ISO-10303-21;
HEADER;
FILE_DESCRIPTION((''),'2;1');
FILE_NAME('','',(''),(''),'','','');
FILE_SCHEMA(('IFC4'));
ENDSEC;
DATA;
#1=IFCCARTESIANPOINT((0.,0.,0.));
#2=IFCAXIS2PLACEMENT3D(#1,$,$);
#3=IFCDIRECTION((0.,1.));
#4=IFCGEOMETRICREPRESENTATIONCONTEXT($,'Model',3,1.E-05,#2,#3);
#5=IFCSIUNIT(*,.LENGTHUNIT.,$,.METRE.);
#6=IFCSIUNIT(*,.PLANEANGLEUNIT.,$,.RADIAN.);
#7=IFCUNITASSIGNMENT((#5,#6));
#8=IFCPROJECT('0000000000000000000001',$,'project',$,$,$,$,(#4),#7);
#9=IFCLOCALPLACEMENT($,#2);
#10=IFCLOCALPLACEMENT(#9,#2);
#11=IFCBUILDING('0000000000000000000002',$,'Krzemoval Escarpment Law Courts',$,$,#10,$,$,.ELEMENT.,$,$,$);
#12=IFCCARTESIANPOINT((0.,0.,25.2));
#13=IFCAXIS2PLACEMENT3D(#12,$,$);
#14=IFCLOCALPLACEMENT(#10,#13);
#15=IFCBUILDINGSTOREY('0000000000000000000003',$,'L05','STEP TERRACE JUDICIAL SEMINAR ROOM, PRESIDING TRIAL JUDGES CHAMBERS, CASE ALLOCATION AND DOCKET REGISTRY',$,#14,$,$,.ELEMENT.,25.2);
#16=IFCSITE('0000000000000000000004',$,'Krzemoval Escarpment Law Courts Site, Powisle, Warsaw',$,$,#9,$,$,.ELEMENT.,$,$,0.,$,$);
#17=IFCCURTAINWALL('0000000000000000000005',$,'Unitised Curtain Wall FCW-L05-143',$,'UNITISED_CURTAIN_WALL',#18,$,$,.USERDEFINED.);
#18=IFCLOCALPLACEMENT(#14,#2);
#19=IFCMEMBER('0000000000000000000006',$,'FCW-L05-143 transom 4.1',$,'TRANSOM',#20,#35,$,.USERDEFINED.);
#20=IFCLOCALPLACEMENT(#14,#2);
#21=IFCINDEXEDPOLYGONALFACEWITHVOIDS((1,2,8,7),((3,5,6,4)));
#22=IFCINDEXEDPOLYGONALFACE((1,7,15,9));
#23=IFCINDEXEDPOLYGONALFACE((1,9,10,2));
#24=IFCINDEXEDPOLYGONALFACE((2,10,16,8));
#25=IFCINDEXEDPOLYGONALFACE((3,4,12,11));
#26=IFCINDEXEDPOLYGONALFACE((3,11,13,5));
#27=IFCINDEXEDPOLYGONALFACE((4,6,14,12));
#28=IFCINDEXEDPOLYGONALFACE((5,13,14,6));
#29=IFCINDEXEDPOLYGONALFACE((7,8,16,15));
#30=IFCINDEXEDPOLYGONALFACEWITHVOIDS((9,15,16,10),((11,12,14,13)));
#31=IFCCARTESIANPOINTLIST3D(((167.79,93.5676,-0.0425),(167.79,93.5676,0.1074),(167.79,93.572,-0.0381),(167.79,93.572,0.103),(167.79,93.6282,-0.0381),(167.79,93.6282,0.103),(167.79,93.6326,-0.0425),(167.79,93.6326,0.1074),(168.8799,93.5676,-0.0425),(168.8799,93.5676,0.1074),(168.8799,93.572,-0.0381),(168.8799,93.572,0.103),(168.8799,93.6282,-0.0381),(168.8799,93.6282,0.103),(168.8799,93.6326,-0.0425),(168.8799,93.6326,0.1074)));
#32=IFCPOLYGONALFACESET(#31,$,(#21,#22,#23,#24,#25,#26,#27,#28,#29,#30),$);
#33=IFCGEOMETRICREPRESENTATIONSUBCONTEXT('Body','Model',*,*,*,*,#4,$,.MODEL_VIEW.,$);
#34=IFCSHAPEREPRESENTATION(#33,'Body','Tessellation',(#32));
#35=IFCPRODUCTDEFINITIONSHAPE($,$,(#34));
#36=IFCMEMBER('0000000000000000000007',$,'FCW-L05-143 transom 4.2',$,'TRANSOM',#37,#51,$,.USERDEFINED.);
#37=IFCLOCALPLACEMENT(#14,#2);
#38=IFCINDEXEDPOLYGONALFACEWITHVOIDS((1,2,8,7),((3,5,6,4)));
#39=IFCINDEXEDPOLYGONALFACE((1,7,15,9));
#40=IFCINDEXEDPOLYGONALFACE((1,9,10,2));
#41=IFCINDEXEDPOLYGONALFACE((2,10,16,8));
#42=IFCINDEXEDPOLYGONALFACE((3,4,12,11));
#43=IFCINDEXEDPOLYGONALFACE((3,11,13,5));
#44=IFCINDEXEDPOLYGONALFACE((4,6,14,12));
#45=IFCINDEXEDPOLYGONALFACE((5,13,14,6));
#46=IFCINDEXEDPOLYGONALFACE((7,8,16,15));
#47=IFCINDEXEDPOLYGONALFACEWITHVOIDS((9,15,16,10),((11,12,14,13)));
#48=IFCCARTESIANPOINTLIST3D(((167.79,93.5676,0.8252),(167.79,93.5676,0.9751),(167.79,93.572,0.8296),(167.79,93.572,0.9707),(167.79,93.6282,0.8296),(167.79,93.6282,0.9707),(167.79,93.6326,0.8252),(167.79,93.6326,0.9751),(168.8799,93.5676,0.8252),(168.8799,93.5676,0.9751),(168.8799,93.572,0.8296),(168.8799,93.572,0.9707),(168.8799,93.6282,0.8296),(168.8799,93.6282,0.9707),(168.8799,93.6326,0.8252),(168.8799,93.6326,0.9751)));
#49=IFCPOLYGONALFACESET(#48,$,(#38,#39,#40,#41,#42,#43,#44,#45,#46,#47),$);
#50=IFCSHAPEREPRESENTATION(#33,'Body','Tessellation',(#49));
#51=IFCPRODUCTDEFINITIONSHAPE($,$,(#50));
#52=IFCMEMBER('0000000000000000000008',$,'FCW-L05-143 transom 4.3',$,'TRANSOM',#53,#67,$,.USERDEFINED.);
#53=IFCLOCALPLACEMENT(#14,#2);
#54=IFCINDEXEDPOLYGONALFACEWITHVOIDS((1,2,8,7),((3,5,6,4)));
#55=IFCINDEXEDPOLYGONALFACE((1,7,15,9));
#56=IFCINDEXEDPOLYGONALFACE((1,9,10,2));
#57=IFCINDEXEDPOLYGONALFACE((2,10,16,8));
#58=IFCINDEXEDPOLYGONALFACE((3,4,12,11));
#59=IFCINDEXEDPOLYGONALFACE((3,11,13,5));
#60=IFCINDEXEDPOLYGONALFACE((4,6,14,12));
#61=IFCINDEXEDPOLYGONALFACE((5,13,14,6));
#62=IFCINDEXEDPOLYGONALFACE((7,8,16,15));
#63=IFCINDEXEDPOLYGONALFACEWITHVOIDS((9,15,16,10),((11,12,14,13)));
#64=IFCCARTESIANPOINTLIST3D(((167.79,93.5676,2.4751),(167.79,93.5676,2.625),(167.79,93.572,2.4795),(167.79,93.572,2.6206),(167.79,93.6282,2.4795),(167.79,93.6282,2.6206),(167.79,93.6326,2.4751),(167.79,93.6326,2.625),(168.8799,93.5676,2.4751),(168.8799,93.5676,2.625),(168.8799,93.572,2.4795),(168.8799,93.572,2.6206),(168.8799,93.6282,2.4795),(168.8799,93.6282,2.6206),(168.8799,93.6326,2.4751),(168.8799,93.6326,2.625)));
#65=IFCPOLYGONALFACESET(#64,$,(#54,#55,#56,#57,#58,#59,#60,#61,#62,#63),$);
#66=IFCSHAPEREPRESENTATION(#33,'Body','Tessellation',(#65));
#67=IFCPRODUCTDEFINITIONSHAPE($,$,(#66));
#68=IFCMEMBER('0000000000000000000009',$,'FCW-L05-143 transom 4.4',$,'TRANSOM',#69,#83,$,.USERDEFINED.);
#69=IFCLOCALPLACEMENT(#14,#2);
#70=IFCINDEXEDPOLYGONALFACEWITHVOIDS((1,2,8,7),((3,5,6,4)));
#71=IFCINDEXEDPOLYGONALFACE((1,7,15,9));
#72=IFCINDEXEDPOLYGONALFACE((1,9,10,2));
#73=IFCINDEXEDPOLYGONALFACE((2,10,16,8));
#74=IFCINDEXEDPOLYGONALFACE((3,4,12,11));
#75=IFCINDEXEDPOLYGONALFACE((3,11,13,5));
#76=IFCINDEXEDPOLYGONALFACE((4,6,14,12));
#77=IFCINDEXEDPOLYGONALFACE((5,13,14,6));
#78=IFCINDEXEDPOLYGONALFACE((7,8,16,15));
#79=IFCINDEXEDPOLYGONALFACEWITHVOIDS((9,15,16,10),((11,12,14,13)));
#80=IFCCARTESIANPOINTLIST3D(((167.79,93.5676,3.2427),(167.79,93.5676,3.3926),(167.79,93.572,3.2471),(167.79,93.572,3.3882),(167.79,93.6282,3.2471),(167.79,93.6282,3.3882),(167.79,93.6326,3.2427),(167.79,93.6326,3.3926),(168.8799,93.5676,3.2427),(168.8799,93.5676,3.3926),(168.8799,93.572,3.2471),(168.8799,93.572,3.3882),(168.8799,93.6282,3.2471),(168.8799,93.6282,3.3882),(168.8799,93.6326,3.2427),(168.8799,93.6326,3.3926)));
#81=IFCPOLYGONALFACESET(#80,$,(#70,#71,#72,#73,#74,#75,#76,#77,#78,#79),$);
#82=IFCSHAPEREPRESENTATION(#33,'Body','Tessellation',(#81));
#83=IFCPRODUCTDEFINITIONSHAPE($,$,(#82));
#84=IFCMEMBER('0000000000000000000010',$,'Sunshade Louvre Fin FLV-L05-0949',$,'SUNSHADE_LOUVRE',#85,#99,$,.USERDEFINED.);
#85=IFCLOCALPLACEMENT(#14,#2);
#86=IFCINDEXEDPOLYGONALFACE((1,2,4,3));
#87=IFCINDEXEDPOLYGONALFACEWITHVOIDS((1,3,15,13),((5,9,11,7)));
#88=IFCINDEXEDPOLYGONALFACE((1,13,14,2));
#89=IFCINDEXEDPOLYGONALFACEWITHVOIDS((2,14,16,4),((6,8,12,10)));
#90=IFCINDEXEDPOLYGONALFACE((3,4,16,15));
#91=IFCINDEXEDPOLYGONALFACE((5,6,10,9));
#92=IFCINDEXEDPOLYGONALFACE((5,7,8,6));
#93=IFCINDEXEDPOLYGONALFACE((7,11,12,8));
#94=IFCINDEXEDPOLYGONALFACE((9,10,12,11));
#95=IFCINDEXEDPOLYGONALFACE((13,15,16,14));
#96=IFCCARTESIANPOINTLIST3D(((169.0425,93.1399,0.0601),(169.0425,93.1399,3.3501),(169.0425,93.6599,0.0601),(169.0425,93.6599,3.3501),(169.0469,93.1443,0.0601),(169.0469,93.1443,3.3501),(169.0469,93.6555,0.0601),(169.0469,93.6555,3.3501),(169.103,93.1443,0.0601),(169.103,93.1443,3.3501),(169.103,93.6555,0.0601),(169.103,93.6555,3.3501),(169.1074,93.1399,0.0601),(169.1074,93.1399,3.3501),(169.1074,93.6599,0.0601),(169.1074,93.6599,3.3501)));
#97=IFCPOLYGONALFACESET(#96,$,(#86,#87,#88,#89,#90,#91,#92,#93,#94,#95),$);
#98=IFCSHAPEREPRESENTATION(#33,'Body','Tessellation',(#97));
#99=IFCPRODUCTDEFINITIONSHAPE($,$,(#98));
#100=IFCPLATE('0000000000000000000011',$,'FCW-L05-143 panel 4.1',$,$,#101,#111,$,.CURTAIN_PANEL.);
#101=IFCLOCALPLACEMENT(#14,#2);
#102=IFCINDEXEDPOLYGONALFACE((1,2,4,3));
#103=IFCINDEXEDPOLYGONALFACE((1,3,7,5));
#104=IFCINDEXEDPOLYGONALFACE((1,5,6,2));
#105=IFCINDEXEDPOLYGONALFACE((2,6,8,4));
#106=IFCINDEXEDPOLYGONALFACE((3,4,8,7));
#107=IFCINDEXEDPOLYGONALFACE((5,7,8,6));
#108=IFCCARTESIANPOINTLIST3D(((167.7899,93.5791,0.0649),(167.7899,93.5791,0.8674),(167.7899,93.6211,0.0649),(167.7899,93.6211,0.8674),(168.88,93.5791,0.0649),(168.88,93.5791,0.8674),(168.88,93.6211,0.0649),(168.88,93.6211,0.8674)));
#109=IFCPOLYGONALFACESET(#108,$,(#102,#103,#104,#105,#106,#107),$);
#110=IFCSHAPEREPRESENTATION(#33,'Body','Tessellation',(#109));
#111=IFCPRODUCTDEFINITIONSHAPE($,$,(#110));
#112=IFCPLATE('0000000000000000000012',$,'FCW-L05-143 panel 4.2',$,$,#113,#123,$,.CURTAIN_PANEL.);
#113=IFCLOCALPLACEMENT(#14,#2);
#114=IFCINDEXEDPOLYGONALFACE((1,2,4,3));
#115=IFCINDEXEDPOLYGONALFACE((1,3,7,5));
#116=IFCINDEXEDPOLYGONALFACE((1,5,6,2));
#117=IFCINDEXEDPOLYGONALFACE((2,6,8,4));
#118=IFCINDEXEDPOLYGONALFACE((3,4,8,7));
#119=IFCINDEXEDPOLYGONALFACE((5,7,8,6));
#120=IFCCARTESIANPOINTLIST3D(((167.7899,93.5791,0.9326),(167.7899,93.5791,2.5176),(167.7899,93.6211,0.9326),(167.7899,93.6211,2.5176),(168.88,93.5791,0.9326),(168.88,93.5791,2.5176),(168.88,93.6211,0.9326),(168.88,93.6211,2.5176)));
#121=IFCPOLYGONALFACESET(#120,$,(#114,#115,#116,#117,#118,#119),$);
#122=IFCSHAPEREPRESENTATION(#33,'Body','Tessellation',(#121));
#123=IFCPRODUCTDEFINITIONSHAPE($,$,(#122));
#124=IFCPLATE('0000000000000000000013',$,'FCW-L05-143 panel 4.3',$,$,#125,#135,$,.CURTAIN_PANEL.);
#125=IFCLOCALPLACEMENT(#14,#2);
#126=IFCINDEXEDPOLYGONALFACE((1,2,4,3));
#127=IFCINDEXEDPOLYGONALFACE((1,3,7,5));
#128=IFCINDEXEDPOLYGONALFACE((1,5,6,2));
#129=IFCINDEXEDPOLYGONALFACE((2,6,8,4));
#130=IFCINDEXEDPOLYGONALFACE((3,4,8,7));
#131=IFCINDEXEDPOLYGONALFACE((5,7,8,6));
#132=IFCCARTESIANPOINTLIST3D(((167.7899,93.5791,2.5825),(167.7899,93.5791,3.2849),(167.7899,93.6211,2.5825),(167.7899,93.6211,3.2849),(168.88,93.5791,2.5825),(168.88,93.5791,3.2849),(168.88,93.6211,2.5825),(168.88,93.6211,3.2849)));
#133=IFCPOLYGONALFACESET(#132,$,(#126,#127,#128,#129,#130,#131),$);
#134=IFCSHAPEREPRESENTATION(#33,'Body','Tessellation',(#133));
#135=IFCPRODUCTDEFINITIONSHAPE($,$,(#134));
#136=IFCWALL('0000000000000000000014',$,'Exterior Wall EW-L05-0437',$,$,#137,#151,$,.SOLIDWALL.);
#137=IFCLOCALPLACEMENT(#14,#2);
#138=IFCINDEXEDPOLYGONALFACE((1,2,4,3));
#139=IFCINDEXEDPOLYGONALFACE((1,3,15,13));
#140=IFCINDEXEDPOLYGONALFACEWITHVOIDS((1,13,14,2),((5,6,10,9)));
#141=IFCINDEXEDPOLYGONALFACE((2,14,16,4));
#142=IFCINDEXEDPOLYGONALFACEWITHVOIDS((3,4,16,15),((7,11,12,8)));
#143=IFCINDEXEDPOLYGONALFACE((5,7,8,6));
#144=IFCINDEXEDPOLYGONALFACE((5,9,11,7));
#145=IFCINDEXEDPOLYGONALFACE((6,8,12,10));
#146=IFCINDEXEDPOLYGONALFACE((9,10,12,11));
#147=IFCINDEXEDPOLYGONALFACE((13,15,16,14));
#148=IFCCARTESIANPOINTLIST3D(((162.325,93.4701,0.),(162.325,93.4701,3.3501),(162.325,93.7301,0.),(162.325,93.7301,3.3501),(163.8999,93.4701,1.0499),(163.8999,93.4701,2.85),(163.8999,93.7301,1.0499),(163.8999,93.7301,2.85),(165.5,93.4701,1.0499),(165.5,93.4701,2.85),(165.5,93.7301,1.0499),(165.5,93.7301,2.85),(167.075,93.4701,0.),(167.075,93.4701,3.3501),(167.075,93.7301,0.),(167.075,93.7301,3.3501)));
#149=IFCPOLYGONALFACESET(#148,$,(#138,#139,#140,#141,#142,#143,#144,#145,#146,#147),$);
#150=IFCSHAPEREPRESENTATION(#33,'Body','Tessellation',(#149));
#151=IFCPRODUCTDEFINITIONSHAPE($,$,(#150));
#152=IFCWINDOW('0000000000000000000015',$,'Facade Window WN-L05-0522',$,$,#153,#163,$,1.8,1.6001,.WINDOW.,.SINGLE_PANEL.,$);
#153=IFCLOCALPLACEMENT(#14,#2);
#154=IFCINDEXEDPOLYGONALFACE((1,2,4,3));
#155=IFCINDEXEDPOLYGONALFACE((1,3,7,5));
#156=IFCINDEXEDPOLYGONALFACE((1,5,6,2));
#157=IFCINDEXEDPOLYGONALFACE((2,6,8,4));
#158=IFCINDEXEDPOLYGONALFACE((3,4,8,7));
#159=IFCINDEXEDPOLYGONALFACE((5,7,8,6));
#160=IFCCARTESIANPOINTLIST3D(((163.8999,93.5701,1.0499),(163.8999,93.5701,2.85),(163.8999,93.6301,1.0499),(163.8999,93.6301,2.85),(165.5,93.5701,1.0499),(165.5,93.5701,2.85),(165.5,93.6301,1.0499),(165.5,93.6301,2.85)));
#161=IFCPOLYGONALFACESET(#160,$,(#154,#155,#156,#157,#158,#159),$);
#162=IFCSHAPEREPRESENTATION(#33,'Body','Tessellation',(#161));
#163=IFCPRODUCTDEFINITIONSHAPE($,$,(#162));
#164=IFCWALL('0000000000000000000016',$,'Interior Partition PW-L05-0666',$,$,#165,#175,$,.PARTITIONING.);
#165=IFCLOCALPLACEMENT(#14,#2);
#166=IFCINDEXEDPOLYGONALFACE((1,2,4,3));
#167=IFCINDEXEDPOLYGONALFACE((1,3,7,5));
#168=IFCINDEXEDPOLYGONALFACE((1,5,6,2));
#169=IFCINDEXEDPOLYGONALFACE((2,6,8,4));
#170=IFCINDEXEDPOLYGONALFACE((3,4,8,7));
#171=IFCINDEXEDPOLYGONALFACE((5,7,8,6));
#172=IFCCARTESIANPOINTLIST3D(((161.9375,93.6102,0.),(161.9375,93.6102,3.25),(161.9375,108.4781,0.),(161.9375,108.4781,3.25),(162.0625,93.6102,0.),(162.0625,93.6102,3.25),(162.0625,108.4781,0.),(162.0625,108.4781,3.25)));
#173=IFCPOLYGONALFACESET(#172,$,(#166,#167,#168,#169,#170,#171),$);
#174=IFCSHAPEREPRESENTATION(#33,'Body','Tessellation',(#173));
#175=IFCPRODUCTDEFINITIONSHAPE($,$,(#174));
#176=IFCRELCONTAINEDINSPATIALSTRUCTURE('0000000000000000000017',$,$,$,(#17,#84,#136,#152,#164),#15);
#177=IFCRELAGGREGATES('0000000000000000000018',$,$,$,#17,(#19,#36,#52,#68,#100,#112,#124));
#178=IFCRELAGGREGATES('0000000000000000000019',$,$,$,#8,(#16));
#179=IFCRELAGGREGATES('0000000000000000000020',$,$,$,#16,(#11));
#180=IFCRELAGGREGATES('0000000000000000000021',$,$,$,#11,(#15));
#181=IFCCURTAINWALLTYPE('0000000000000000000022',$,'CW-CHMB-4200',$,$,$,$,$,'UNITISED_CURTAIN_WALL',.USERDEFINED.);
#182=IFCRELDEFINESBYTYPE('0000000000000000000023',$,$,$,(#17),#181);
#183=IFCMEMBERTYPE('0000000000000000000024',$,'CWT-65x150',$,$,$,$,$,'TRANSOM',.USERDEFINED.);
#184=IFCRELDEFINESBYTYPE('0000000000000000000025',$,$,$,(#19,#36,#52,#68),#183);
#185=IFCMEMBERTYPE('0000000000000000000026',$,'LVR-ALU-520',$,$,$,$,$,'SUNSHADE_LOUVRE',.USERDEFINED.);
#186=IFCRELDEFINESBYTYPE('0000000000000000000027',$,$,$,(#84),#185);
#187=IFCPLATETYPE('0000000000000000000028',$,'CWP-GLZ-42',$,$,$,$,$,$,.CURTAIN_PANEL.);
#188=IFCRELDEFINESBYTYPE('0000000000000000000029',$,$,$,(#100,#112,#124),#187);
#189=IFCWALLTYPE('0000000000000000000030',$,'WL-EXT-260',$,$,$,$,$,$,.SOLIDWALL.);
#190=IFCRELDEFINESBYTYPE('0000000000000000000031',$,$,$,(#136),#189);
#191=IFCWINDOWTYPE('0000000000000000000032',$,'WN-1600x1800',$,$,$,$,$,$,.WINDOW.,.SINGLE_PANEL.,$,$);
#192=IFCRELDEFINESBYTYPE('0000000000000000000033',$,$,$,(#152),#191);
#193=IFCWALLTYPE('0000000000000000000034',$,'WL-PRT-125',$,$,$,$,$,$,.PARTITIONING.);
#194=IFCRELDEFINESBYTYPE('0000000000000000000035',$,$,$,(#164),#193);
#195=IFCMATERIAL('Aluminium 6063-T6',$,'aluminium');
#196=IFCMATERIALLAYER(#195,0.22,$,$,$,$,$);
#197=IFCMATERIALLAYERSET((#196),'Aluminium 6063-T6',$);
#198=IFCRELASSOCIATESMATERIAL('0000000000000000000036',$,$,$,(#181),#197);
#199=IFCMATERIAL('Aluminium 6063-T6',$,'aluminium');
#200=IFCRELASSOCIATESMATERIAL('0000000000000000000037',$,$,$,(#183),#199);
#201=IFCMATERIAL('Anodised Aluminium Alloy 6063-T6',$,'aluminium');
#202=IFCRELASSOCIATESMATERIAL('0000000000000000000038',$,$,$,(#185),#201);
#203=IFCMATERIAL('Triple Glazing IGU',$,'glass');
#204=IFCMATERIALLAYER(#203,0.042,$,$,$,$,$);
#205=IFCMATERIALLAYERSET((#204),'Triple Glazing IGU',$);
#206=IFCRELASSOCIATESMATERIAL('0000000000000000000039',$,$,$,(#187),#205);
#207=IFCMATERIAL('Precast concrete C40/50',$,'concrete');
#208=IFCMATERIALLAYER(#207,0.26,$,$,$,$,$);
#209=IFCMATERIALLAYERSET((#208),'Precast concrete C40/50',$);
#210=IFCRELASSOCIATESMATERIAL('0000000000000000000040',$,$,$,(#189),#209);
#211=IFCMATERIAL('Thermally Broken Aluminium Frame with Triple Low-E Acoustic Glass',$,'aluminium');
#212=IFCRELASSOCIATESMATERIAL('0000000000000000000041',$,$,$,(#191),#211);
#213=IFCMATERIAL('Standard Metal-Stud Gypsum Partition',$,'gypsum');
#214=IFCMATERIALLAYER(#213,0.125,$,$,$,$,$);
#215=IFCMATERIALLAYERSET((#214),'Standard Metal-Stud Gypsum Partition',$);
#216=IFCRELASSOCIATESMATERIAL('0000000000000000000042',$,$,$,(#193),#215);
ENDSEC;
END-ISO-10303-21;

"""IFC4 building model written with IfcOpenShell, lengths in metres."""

from ifc_helpers import new_model, si_unit, direction, frame, frame_2d, origin, origin_2d, place, context, subcontext, project, spatial, rectangle, hollow_rectangle, extrude, material, layer, layer_set, material_profile, profile_set, type_object, element, fill, aggregate, save


model = new_model("IFC4")

# Units and contexts
model_context = context("Model", 3, precision=1e-05, world=origin(), true_north=direction((0.0, 1.0)))
body_context = subcontext(model_context, "Body", "Model", "MODEL_VIEW")
ifc_project = project(units=[si_unit("LENGTHUNIT", "METRE"), si_unit("PLANEANGLEUNIT", "RADIAN")], contexts=[model_context])

# Site, building, storey
site_placement = place(None, origin())
site = spatial("IfcSite", under=ifc_project, at=site_placement, Name="Krzemoval Escarpment Law Courts Site, Powisle, Warsaw", CompositionType="ELEMENT", RefElevation=0.0)
building_placement = place(site_placement, origin())
building = spatial("IfcBuilding", under=site, at=building_placement, Name="Krzemoval Escarpment Law Courts", CompositionType="ELEMENT")
storey_placement = place(building_placement, frame((0.0, 0.0, 25.2)))
storey = spatial("IfcBuildingStorey", under=building, at=storey_placement, Name="L05", Description="STEP TERRACE JUDICIAL SEMINAR ROOM, PRESIDING TRIAL JUDGES CHAMBERS, CASE ALLOCATION AND DOCKET REGISTRY", CompositionType="ELEMENT", Elevation=25.2)

# Curtain wall, members
ifc_material_1 = material(Name="Aluminium 6063-T6", Category="aluminium")
ifc_layer_1 = layer(ifc_material_1, 0.22)
ifc_layer_set_1 = layer_set([ifc_layer_1], Name="Aluminium 6063-T6")
curtain_wall_type = type_object("IfcCurtainWallType", Name="CW-CHMB-4200", ElementType="UNITISED_CURTAIN_WALL", PredefinedType="USERDEFINED", material=ifc_layer_set_1)
curtain_wall_placement = place(storey_placement, origin())
curtain_wall = element("IfcCurtainWall", 1, at=curtain_wall_placement, inside=storey, type_object=curtain_wall_type, Name="Unitised Curtain Wall FCW-L05-143", ObjectType="UNITISED_CURTAIN_WALL", PredefinedType="USERDEFINED")
ifc_material_2 = material(Name="Aluminium 6063-T6", Category="aluminium")
ifc_material_profile_1 = material_profile(ifc_material_2, hollow_rectangle(XDim=0.0649, YDim=0.1499, WallThickness=0.0044, at=origin_2d()), Name="ALU T65x150")
ifc_profile_set_1 = profile_set([ifc_material_profile_1], Name="Aluminium 6063-T6")
member_type_1 = type_object("IfcMemberType", Name="CWT-65x150", ElementType="TRANSOM", PredefinedType="USERDEFINED", material=ifc_profile_set_1)
member_1_placement = place(storey_placement, frame((168.8799, 93.6001, 0.0325), z_axis=(-1.0, 0.0, 0.0), x_axis=(0.0, -1.0, 0.0)))
member_1 = element("IfcMember", 2, at=member_1_placement, type_object=member_type_1, Name="FCW-L05-143 transom 4.1", ObjectType="TRANSOM", PredefinedType="USERDEFINED", context=body_context, shape_type="SweptSolid", body=[
    extrude(hollow_rectangle(XDim=0.0649, YDim=0.1499, WallThickness=0.0044, at=origin_2d()), origin(), (0.0, 0.0, 1.0), 1.0898),
])
member_2_placement = place(storey_placement, frame((168.8799, 93.6001, 0.9001), z_axis=(-1.0, 0.0, 0.0), x_axis=(0.0, -1.0, 0.0)))
member_2 = element("IfcMember", 3, at=member_2_placement, type_object=member_type_1, Name="FCW-L05-143 transom 4.2", ObjectType="TRANSOM", PredefinedType="USERDEFINED", context=body_context, shape_type="SweptSolid", body=[
    extrude(hollow_rectangle(XDim=0.0649, YDim=0.1499, WallThickness=0.0044, at=origin_2d()), origin(), (0.0, 0.0, 1.0), 1.0898),
])
member_3_placement = place(storey_placement, frame((168.8799, 93.6001, 2.55), z_axis=(-1.0, 0.0, 0.0), x_axis=(0.0, -1.0, 0.0)))
member_3 = element("IfcMember", 4, at=member_3_placement, type_object=member_type_1, Name="FCW-L05-143 transom 4.3", ObjectType="TRANSOM", PredefinedType="USERDEFINED", context=body_context, shape_type="SweptSolid", body=[
    extrude(hollow_rectangle(XDim=0.0649, YDim=0.1499, WallThickness=0.0044, at=origin_2d()), origin(), (0.0, 0.0, 1.0), 1.0898),
])
member_4_placement = place(storey_placement, frame((168.8799, 93.6001, 3.3176), z_axis=(-1.0, 0.0, 0.0), x_axis=(0.0, -1.0, 0.0)))
member_4 = element("IfcMember", 5, at=member_4_placement, type_object=member_type_1, Name="FCW-L05-143 transom 4.4", ObjectType="TRANSOM", PredefinedType="USERDEFINED", context=body_context, shape_type="SweptSolid", body=[
    extrude(hollow_rectangle(XDim=0.0649, YDim=0.1499, WallThickness=0.0044, at=origin_2d()), origin(), (0.0, 0.0, 1.0), 1.0898),
])

# Member
ifc_material_3 = material(Name="Anodised Aluminium Alloy 6063-T6", Category="aluminium")
ifc_material_profile_2 = material_profile(ifc_material_3, hollow_rectangle(XDim=0.0649, YDim=0.52, WallThickness=0.0044, at=origin_2d()), Name="ALU LVR 65x520")
ifc_profile_set_2 = profile_set([ifc_material_profile_2], Name="Anodised Aluminium Alloy 6063-T6")
member_type_2 = type_object("IfcMemberType", Name="LVR-ALU-520", ElementType="SUNSHADE_LOUVRE", PredefinedType="USERDEFINED", material=ifc_profile_set_2)
member_5_placement = place(storey_placement, frame((169.075, 93.3999, 0.0601), z_axis=(0.0, 0.0, 1.0), x_axis=(1.0, 0.0, 0.0)))
element("IfcMember", 6, at=member_5_placement, inside=storey, type_object=member_type_2, Name="Sunshade Louvre Fin FLV-L05-0949", ObjectType="SUNSHADE_LOUVRE", PredefinedType="USERDEFINED", context=body_context, shape_type="SweptSolid", body=[
    extrude(hollow_rectangle(XDim=0.0649, YDim=0.52, WallThickness=0.0044, at=origin_2d()), origin(), (0.0, 0.0, 1.0), 3.29),
])

# Plates
ifc_material_4 = material(Name="Triple Glazing IGU", Category="glass")
ifc_layer_2 = layer(ifc_material_4, 0.042)
ifc_layer_set_2 = layer_set([ifc_layer_2], Name="Triple Glazing IGU")
plate_type = type_object("IfcPlateType", Name="CWP-GLZ-42", PredefinedType="CURTAIN_PANEL", material=ifc_layer_set_2)
plate_1_placement = place(storey_placement, frame((168.335, 93.6001, 0.0649), z_axis=(0.0, 0.0, 1.0), x_axis=(-1.0, 0.0, 0.0)))
plate_1 = element("IfcPlate", 7, at=plate_1_placement, type_object=plate_type, Name="FCW-L05-143 panel 4.1", PredefinedType="CURTAIN_PANEL", context=body_context, shape_type="SweptSolid", body=[
    extrude(rectangle(XDim=1.0901, YDim=0.042, at=origin_2d()), origin(), (0.0, 0.0, 1.0), 0.8025),
])
plate_2_placement = place(storey_placement, frame((168.335, 93.6001, 0.9326), z_axis=(0.0, 0.0, 1.0), x_axis=(-1.0, 0.0, 0.0)))
plate_2 = element("IfcPlate", 8, at=plate_2_placement, type_object=plate_type, Name="FCW-L05-143 panel 4.2", PredefinedType="CURTAIN_PANEL", context=body_context, shape_type="SweptSolid", body=[
    extrude(rectangle(XDim=1.0901, YDim=0.042, at=origin_2d()), origin(), (0.0, 0.0, 1.0), 1.585),
])
plate_3_placement = place(storey_placement, frame((168.335, 93.6001, 2.5825), z_axis=(0.0, 0.0, 1.0), x_axis=(-1.0, 0.0, 0.0)))
plate_3 = element("IfcPlate", 9, at=plate_3_placement, type_object=plate_type, Name="FCW-L05-143 panel 4.3", PredefinedType="CURTAIN_PANEL", context=body_context, shape_type="SweptSolid", body=[
    extrude(rectangle(XDim=1.0901, YDim=0.042, at=origin_2d()), origin(), (0.0, 0.0, 1.0), 0.7024),
])
aggregate(curtain_wall, [member_1, member_2, member_3, member_4, plate_1, plate_2, plate_3])

# Wall, opening, window
ifc_material_5 = material(Name="Precast concrete C40/50", Category="concrete")
ifc_layer_3 = layer(ifc_material_5, 0.26)
ifc_layer_set_3 = layer_set([ifc_layer_3], Name="Precast concrete C40/50")
wall_type_1 = type_object("IfcWallType", Name="WL-EXT-260", PredefinedType="SOLIDWALL", material=ifc_layer_set_3)
wall_1_placement = place(storey_placement, frame((167.075, 93.6001, 0.0), z_axis=(0.0, 0.0, 1.0), x_axis=(-1.0, 0.0, 0.0)))
wall_1 = element("IfcWall", 10, at=wall_1_placement, inside=storey, type_object=wall_type_1, Name="Exterior Wall EW-L05-0437", PredefinedType="SOLIDWALL", context=body_context, shape_type="SweptSolid", body=[
    extrude(rectangle(XDim=4.75, YDim=0.26, at=frame_2d((2.375, 0.0))), origin(), (0.0, 0.0, 1.0), 3.3501),
])
opening_placement = place(wall_1_placement, frame((1.575, 0.0, 1.05)))
opening = element("IfcOpeningElement", 11, at=opening_placement, cuts=wall_1, PredefinedType="OPENING", context=body_context, shape_type="SweptSolid", body=[
    extrude(rectangle(XDim=1.6001, YDim=1.8, at=frame_2d((0.8, 0.8999))), frame((0.0, 0.145, 0.0), z_axis=(0.0, -1.0, 0.0), x_axis=(1.0, 0.0, 0.0)), (0.0, 0.0, 1.0), 0.29),
])
ifc_material_6 = material(Name="Thermally Broken Aluminium Frame with Triple Low-E Acoustic Glass", Category="aluminium")
window_type = type_object("IfcWindowType", Name="WN-1600x1800", PartitioningType="SINGLE_PANEL", PredefinedType="WINDOW", material=ifc_material_6)
window_placement = place(opening_placement, origin())
window = element("IfcWindow", 12, at=window_placement, inside=storey, type_object=window_type, Name="Facade Window WN-L05-0522", OverallHeight=1.8, OverallWidth=1.6001, PartitioningType="SINGLE_PANEL", PredefinedType="WINDOW", context=body_context, shape_type="SweptSolid", body=[
    extrude(rectangle(XDim=1.6001, YDim=1.8, at=frame_2d((0.8, 0.8999))), frame((0.0, 0.03, 0.0), z_axis=(0.0, -1.0, 0.0), x_axis=(1.0, 0.0, 0.0)), (0.0, 0.0, 1.0), 0.0601),
])
fill(opening, window)

# Wall
ifc_material_7 = material(Name="Standard Metal-Stud Gypsum Partition", Category="gypsum")
ifc_layer_4 = layer(ifc_material_7, 0.125)
ifc_layer_set_4 = layer_set([ifc_layer_4], Name="Standard Metal-Stud Gypsum Partition")
wall_type_2 = type_object("IfcWallType", Name="WL-PRT-125", PredefinedType="PARTITIONING", material=ifc_layer_set_4)
wall_2_placement = place(storey_placement, frame((162.0, 93.6101, 0.0), z_axis=(0.0, 0.0, 1.0), x_axis=(0.0, 1.0, 0.0)))
element("IfcWall", 13, at=wall_2_placement, inside=storey, type_object=wall_type_2, Name="Interior Partition PW-L05-0666", PredefinedType="PARTITIONING", context=body_context, shape_type="SweptSolid", body=[
    extrude(rectangle(XDim=14.8679, YDim=0.125, at=frame_2d((7.4341, 0.0))), origin(), (0.0, 0.0, 1.0), 3.25),
])

save(model, "model.ifc")
